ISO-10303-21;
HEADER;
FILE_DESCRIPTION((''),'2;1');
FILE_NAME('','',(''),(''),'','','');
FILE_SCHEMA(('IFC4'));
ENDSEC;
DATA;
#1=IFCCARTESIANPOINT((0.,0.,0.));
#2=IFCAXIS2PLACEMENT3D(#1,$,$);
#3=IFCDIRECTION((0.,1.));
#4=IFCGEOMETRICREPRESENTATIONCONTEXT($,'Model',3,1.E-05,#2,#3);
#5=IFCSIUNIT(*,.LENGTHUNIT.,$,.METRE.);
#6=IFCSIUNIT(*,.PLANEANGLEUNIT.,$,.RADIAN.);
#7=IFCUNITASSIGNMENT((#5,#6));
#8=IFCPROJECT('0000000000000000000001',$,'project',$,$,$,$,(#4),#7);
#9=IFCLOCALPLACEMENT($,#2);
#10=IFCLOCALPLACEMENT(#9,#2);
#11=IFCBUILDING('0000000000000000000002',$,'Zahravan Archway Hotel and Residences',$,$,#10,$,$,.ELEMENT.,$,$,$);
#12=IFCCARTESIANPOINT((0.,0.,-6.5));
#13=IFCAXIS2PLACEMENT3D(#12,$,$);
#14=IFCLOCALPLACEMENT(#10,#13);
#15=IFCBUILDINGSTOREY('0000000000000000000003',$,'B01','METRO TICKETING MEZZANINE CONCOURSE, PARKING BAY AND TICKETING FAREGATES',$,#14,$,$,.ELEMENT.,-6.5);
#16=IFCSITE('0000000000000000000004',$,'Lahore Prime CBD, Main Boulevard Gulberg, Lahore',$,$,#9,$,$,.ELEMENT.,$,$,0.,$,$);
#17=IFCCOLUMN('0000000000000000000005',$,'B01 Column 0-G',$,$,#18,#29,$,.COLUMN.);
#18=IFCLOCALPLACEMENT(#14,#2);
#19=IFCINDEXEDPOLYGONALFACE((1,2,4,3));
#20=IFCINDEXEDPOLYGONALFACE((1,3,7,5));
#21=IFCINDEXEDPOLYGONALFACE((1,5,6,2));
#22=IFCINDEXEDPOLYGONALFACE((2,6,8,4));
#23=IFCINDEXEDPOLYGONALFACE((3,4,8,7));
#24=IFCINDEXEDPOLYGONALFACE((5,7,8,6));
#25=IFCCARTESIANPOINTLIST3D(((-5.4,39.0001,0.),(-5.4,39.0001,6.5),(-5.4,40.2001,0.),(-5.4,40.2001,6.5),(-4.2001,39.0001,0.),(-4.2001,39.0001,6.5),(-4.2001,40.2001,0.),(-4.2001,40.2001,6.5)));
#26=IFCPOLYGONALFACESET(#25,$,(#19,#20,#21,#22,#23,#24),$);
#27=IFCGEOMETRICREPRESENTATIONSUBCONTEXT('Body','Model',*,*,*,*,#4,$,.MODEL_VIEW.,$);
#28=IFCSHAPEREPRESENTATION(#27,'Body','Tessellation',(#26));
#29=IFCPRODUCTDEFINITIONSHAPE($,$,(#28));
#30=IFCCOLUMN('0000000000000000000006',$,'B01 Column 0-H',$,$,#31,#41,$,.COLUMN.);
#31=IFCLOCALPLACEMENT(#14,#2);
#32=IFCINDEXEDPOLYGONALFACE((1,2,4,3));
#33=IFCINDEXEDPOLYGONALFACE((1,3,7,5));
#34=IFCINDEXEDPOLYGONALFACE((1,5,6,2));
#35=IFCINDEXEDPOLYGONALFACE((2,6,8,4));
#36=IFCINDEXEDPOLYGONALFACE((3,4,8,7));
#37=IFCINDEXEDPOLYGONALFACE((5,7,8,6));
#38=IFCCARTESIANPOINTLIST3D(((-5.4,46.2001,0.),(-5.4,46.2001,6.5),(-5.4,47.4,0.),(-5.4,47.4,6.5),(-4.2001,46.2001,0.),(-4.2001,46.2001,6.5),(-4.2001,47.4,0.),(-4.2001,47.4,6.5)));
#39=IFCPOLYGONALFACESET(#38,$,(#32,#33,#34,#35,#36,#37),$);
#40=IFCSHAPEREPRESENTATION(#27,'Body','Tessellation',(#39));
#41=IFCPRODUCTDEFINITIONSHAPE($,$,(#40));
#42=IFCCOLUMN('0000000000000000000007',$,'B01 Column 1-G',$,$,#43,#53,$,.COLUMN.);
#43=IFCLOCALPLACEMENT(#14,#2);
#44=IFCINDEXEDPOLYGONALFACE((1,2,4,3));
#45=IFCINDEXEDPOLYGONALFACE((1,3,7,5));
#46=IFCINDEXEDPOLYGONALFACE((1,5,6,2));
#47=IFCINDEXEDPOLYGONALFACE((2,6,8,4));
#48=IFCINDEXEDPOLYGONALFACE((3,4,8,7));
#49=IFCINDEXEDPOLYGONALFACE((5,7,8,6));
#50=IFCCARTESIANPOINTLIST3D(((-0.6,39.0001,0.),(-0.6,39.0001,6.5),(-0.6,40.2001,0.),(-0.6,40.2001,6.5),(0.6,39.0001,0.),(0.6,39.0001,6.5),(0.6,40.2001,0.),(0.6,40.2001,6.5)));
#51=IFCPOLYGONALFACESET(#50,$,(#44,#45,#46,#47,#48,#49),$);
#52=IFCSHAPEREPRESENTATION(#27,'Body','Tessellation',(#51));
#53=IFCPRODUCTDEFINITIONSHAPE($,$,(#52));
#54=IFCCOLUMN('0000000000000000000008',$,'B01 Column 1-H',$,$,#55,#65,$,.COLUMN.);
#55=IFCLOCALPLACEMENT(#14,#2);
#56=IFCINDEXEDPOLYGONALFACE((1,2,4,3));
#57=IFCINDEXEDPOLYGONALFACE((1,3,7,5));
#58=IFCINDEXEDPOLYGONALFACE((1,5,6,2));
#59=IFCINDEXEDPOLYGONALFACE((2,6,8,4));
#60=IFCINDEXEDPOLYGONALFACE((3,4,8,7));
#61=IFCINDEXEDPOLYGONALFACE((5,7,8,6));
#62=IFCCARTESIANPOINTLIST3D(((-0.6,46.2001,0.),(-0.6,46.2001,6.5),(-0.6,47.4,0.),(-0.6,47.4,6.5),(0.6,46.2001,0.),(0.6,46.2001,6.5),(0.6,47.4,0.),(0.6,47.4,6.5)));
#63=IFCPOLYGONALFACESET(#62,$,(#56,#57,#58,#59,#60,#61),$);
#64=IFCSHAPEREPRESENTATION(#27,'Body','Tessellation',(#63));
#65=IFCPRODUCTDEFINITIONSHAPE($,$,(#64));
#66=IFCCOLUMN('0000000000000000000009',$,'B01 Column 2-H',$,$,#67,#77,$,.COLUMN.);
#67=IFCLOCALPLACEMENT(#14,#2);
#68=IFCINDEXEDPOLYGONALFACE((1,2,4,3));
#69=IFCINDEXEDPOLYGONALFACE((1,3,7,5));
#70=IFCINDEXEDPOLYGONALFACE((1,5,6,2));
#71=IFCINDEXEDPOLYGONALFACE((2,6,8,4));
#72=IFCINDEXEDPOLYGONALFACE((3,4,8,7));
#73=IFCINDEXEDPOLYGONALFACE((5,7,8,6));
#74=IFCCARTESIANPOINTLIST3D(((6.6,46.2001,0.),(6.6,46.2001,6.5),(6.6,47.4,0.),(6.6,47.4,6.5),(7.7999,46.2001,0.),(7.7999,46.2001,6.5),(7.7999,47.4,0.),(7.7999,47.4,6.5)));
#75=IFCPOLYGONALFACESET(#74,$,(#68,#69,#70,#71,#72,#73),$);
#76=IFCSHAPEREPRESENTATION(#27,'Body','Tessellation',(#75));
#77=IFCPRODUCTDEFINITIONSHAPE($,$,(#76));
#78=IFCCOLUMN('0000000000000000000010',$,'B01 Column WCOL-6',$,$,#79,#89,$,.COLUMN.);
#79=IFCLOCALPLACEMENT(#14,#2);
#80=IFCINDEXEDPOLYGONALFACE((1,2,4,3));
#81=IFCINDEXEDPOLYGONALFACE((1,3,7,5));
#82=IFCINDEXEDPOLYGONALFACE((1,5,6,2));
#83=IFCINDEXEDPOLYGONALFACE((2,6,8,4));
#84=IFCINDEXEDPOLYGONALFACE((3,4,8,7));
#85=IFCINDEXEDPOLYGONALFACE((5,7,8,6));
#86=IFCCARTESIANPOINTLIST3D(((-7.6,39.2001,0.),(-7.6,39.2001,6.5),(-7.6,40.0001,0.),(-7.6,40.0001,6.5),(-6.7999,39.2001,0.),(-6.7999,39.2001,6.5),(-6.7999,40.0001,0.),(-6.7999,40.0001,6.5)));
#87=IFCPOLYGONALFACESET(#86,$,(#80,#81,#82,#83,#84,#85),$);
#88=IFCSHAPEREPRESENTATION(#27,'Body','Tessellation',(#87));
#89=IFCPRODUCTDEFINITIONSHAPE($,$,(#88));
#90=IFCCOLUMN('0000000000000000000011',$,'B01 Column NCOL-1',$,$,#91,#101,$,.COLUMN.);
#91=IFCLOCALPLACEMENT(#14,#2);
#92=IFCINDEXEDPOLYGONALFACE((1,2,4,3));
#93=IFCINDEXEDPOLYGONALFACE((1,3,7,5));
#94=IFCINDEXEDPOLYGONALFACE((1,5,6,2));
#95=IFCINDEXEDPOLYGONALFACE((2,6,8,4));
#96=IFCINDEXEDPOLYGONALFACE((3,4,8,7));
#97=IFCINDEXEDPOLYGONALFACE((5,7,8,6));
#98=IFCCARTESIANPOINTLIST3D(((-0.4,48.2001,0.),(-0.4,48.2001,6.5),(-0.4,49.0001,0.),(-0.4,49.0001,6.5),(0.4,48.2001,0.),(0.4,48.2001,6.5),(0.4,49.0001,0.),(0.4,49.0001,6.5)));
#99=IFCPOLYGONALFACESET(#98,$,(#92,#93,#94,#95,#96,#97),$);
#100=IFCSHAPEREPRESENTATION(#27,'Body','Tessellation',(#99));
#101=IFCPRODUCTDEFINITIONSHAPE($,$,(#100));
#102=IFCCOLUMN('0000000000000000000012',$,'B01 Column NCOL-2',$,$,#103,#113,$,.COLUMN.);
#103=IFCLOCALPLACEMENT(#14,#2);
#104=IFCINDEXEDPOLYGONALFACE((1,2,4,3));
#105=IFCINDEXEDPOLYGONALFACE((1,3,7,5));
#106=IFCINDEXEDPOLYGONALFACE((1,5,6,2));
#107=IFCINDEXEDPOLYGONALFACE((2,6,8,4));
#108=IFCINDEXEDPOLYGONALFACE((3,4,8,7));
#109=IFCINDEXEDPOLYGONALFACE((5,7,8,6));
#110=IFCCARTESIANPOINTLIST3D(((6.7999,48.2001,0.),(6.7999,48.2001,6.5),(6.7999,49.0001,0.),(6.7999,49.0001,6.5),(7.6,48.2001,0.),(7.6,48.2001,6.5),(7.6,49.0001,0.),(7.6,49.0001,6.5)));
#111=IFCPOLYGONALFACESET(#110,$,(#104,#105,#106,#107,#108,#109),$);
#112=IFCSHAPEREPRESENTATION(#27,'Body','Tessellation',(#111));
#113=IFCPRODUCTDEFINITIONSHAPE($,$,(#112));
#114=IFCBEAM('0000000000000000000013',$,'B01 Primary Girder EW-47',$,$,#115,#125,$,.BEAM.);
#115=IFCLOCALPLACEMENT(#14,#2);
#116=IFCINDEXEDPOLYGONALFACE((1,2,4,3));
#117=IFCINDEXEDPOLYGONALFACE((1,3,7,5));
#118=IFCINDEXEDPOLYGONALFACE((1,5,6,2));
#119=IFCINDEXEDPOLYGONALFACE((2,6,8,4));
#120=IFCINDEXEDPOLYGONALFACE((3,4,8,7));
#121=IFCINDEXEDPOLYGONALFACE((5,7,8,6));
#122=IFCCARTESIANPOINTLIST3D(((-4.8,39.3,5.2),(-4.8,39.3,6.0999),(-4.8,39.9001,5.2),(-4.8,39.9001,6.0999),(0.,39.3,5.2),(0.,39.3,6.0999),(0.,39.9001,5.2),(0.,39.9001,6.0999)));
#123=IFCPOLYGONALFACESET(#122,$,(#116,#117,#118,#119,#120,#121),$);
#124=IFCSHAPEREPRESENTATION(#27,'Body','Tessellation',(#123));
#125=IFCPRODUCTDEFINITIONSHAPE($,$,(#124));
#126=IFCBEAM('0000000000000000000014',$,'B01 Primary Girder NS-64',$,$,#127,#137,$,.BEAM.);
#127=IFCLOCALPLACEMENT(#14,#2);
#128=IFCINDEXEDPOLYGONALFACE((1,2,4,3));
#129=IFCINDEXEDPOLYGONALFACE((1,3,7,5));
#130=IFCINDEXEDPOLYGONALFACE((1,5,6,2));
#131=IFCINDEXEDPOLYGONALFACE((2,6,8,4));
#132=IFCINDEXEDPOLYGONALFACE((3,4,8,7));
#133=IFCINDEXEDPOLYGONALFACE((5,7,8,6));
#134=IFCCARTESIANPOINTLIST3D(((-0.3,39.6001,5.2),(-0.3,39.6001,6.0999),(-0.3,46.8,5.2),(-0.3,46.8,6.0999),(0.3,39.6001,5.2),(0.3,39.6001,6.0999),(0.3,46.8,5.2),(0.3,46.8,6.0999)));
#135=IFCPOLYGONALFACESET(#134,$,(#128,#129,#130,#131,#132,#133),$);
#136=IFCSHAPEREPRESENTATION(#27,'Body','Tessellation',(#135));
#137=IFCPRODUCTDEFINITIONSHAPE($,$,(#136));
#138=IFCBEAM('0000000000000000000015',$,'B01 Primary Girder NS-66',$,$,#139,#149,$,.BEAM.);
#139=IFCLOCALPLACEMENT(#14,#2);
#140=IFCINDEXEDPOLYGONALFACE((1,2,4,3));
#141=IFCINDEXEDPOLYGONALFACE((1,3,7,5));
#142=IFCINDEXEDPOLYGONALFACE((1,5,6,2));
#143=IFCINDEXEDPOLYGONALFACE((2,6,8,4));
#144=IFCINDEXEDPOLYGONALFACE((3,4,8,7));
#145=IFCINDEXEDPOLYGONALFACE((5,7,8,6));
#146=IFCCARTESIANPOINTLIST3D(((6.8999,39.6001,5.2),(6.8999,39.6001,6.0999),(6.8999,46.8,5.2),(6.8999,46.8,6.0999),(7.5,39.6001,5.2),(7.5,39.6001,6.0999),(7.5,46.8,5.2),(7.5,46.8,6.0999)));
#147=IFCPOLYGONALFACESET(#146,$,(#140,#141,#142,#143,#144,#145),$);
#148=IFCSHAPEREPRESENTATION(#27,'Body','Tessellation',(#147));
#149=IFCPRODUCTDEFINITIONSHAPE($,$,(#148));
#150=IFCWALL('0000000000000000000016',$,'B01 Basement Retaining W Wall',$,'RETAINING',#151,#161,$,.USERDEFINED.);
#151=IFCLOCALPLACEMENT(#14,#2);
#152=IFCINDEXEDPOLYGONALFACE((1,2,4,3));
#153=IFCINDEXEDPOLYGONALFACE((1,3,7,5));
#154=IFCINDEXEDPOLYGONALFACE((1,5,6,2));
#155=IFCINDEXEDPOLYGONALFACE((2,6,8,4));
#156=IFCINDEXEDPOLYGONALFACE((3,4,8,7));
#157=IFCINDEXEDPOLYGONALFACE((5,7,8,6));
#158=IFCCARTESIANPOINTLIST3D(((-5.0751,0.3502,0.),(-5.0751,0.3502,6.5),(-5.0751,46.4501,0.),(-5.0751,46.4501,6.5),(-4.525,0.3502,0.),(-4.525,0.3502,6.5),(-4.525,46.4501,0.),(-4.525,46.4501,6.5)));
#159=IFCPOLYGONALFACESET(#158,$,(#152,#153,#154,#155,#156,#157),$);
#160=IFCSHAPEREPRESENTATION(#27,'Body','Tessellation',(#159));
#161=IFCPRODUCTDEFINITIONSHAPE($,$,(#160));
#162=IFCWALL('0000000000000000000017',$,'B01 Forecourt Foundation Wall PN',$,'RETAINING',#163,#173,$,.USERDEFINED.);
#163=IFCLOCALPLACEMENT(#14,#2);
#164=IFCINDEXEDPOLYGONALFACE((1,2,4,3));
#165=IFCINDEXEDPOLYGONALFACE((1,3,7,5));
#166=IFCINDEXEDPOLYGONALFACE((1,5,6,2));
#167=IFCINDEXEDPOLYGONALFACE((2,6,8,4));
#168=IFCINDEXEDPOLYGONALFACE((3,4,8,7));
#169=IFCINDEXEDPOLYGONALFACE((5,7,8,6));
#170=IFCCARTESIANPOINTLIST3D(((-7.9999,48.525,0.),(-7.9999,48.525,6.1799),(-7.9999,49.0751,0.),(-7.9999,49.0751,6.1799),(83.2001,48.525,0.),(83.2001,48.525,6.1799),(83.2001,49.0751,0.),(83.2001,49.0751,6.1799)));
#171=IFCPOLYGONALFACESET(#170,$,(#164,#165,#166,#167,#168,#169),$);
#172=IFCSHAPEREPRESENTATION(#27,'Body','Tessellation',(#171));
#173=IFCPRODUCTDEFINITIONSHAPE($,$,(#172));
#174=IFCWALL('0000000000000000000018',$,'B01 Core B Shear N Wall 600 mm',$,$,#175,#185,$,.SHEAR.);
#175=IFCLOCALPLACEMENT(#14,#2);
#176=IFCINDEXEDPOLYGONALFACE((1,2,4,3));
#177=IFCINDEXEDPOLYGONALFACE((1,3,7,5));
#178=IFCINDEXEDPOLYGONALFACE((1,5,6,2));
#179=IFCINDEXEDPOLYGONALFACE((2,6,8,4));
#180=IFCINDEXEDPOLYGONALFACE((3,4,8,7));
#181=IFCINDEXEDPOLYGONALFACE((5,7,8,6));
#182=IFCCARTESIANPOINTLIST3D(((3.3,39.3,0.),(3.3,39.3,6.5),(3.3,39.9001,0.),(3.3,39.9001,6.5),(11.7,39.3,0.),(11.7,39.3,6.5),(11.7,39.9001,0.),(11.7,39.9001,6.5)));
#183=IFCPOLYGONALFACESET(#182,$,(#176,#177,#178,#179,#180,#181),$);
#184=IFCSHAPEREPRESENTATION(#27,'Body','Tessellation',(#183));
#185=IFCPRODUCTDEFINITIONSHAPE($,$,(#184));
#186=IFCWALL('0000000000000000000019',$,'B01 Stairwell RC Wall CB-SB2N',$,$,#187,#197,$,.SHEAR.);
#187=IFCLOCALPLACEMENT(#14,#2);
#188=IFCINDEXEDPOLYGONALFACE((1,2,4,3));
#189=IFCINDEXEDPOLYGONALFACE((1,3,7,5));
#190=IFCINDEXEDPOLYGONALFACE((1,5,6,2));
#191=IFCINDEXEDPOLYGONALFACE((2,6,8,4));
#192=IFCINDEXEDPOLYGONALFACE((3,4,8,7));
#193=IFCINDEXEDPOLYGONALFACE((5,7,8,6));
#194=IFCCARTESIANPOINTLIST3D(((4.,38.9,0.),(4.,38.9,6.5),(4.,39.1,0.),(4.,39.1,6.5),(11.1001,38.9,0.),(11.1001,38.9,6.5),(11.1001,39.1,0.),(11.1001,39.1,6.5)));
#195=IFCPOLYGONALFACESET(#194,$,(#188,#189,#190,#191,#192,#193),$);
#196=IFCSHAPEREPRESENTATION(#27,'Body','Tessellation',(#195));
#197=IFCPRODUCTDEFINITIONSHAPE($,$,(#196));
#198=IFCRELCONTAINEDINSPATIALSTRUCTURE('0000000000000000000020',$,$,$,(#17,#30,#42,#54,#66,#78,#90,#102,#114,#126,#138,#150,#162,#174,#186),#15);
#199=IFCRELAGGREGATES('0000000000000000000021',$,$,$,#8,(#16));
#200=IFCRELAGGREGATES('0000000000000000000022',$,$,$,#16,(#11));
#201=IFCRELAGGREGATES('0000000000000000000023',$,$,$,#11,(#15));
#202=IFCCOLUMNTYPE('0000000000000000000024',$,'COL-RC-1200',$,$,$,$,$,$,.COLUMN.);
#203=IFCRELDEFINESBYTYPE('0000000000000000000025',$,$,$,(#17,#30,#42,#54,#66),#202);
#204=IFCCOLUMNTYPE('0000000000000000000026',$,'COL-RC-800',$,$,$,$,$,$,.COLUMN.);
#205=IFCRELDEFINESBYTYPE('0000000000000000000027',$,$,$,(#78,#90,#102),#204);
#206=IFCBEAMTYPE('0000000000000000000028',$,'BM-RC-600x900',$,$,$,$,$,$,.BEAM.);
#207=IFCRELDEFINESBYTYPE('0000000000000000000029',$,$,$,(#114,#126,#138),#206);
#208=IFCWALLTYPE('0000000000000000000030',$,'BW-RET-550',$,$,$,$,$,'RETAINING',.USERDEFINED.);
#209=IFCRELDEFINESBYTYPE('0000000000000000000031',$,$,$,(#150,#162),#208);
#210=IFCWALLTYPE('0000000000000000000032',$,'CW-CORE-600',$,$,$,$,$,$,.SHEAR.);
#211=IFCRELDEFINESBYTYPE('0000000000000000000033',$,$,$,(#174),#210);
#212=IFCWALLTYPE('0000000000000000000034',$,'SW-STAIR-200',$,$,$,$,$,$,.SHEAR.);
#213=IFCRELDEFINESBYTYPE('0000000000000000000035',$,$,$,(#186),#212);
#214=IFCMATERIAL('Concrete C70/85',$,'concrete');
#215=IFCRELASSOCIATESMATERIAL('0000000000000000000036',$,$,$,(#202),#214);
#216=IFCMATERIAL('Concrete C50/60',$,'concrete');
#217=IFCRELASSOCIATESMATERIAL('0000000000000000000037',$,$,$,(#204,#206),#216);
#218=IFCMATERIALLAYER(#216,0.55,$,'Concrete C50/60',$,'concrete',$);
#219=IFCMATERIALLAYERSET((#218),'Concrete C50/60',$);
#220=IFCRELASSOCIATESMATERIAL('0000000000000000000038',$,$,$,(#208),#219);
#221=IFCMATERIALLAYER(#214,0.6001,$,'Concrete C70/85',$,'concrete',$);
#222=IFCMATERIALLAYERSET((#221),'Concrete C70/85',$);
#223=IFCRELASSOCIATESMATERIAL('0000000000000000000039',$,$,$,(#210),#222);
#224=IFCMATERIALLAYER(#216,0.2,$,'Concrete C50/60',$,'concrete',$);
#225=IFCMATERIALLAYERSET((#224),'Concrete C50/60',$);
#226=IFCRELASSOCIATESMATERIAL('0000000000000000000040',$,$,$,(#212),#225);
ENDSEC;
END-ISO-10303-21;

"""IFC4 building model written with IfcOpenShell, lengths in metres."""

from ifc_helpers import new_model, si_unit, direction, frame, frame_2d, origin, origin_2d, place, context, subcontext, project, spatial, rectangle, extrude, source, transform, mapped, material, layer, layer_set, material_profile, profile_set, type_object, type_shapes, element, save


model = new_model("IFC4")

# Units and contexts
model_context = context("Model", 3, precision=1e-05, world=origin(), true_north=direction((0.0, 1.0)))
body_context = subcontext(model_context, "Body", "Model", "MODEL_VIEW")
ifc_project = project(units=[si_unit("LENGTHUNIT", "METRE"), si_unit("PLANEANGLEUNIT", "RADIAN")], contexts=[model_context])

# Site, building, storey
site_placement = place(None, origin())
site = spatial("IfcSite", under=ifc_project, at=site_placement, Name="Lahore Prime CBD, Main Boulevard Gulberg, Lahore", CompositionType="ELEMENT", RefElevation=0.0)
building_placement = place(site_placement, origin())
building = spatial("IfcBuilding", under=site, at=building_placement, Name="Zahravan Archway Hotel and Residences", CompositionType="ELEMENT")
storey_placement = place(building_placement, frame((0.0, 0.0, -6.5)))
storey = spatial("IfcBuildingStorey", under=building, at=storey_placement, Name="B01", Description="METRO TICKETING MEZZANINE CONCOURSE, PARKING BAY AND TICKETING FAREGATES", CompositionType="ELEMENT", Elevation=-6.5)

# Columns
ifc_material_1 = material(Name="Concrete C70/85", Category="concrete")
ifc_material_profile_1 = material_profile(ifc_material_1, rectangle(XDim=1.2, YDim=1.2, at=origin_2d()), Name="RC-COL-1200x1200", Category="concrete")
ifc_profile_set_1 = profile_set([ifc_material_profile_1], Name="Concrete C70/85")
column_type_1 = type_object("IfcColumnType", Name="COL-RC-1200", PredefinedType="COLUMN", material=ifc_profile_set_1)
shared_shape_1 = source(origin(), body_context, "Body", "SweptSolid", [
    extrude(rectangle(XDim=1.2, YDim=1.2, at=origin_2d()), origin(), (0.0, 0.0, 1.0), 6.5),
])
for number, where, z_axis, x_axis, name in (
    (1, (-4.8, 39.6001, 0.0), (0.0, 0.0, 1.0), (1.0, 0.0, 0.0), "B01 Column 0-G"),
    (2, (-4.8, 46.8, 0.0), (0.0, 0.0, 1.0), (1.0, 0.0, 0.0), "B01 Column 0-H"),
    (3, (0.0, 39.6001, 0.0), (0.0, 0.0, 1.0), (1.0, 0.0, 0.0), "B01 Column 1-G"),
    (4, (0.0, 46.8, 0.0), (0.0, 0.0, 1.0), (1.0, 0.0, 0.0), "B01 Column 1-H"),
    (5, (7.2, 46.8, 0.0), (0.0, 0.0, 1.0), (1.0, 0.0, 0.0), "B01 Column 2-H"),
):
    element("IfcColumn", number, at=place(storey_placement, frame(where, z_axis=z_axis, x_axis=x_axis)), inside=storey, type_object=column_type_1, Name=name, PredefinedType="COLUMN", context=body_context, shape_type="MappedRepresentation", body=[
        mapped(shared_shape_1, transform((0.0, 0.0, 0.0), scale=1.0)),
    ])
ifc_material_2 = material(Name="Concrete C50/60", Category="concrete")
ifc_material_profile_2 = material_profile(ifc_material_2, rectangle(XDim=0.8, YDim=0.8, at=origin_2d()), Name="RC-COL-800x800", Category="concrete")
ifc_profile_set_2 = profile_set([ifc_material_profile_2], Name="Concrete C50/60")
column_type_2 = type_object("IfcColumnType", Name="COL-RC-800", PredefinedType="COLUMN", material=ifc_profile_set_2)
shared_shape_2 = source(origin(), body_context, "Body", "SweptSolid", [
    extrude(rectangle(XDim=0.8, YDim=0.8, at=origin_2d()), origin(), (0.0, 0.0, 1.0), 6.5),
])
for number, where, z_axis, x_axis, name in (
    (6, (-7.2, 39.6001, 0.0), (0.0, 0.0, 1.0), (1.0, 0.0, 0.0), "B01 Column WCOL-6"),
    (7, (0.0, 48.6001, 0.0), (0.0, 0.0, 1.0), (1.0, 0.0, 0.0), "B01 Column NCOL-1"),
    (8, (7.2, 48.6001, 0.0), (0.0, 0.0, 1.0), (1.0, 0.0, 0.0), "B01 Column NCOL-2"),
):
    element("IfcColumn", number, at=place(storey_placement, frame(where, z_axis=z_axis, x_axis=x_axis)), inside=storey, type_object=column_type_2, Name=name, PredefinedType="COLUMN", context=body_context, shape_type="MappedRepresentation", body=[
        mapped(shared_shape_2, transform((0.0, 0.0, 0.0), scale=1.0)),
    ])

# Beams
ifc_material_profile_3 = material_profile(ifc_material_2, rectangle(XDim=0.6001, YDim=0.8999, at=origin_2d()), Name="RC-BM-600x900", Category="concrete")
ifc_profile_set_3 = profile_set([ifc_material_profile_3], Name="Concrete C50/60")
beam_type = type_object("IfcBeamType", Name="BM-RC-600x900", PredefinedType="BEAM", material=ifc_profile_set_3)
shared_shape_3 = source(origin(), body_context, "Body", "SweptSolid", [
    extrude(rectangle(XDim=0.6001, YDim=0.8999, at=origin_2d()), origin(), (0.0, 0.0, 1.0), 4.8),
])
type_shapes(beam_type, [shared_shape_3])
beam_placement = place(storey_placement, frame((-4.8, 39.6001, 5.6499), z_axis=(1.0, 0.0, 0.0), x_axis=(0.0, 1.0, 0.0)))
element("IfcBeam", 9, at=beam_placement, inside=storey, type_object=beam_type, Name="B01 Primary Girder EW-47", PredefinedType="BEAM", context=body_context, shape_type="MappedRepresentation", body=[
    mapped(shared_shape_3, transform((0.0, 0.0, 0.0), scale=1.0)),
])
shared_shape_4 = source(origin(), body_context, "Body", "SweptSolid", [
    extrude(rectangle(XDim=0.6001, YDim=0.8999, at=origin_2d()), origin(), (0.0, 0.0, 1.0), 7.2),
])
for number, where, z_axis, x_axis, name in (
    (10, (0.0, 39.6001, 5.6499), (0.0, 1.0, 0.0), (-1.0, 0.0, 0.0), "B01 Primary Girder NS-64"),
    (11, (7.2, 39.6001, 5.6499), (0.0, 1.0, 0.0), (-1.0, 0.0, 0.0), "B01 Primary Girder NS-66"),
):
    element("IfcBeam", number, at=place(storey_placement, frame(where, z_axis=z_axis, x_axis=x_axis)), inside=storey, type_object=beam_type, Name=name, PredefinedType="BEAM", context=body_context, shape_type="MappedRepresentation", body=[
        mapped(shared_shape_4, transform((0.0, 0.0, 0.0), scale=1.0)),
    ])

# Walls
ifc_layer_1 = layer(ifc_material_2, 0.55, Name="Concrete C50/60", Category="concrete")
ifc_layer_set_1 = layer_set([ifc_layer_1], Name="Concrete C50/60")
wall_type_1 = type_object("IfcWallType", Name="BW-RET-550", ElementType="RETAINING", PredefinedType="USERDEFINED", material=ifc_layer_set_1)
wall_1_placement = place(storey_placement, frame((-4.8, 46.45, 0.0), z_axis=(0.0, 0.0, 1.0), x_axis=(0.0, -1.0, 0.0)))
element("IfcWall", 12, at=wall_1_placement, inside=storey, type_object=wall_type_1, Name="B01 Basement Retaining W Wall", ObjectType="RETAINING", PredefinedType="USERDEFINED", context=body_context, shape_type="SweptSolid", body=[
    extrude(rectangle(XDim=46.0999, YDim=0.55, at=frame_2d((23.0498, 0.0))), origin(), (0.0, 0.0, 1.0), 6.5),
])
wall_2_placement = place(storey_placement, frame((-8.0, 48.8, 0.0), z_axis=(0.0, 0.0, 1.0), x_axis=(1.0, 0.0, 0.0)))
element("IfcWall", 13, at=wall_2_placement, inside=storey, type_object=wall_type_1, Name="B01 Forecourt Foundation Wall PN", ObjectType="RETAINING", PredefinedType="USERDEFINED", context=body_context, shape_type="SweptSolid", body=[
    extrude(rectangle(XDim=91.2, YDim=0.55, at=frame_2d((45.6001, 0.0))), origin(), (0.0, 0.0, 1.0), 6.1799),
])
ifc_layer_2 = layer(ifc_material_1, 0.6001, Name="Concrete C70/85", Category="concrete")
ifc_layer_set_2 = layer_set([ifc_layer_2], Name="Concrete C70/85")
wall_type_2 = type_object("IfcWallType", Name="CW-CORE-600", PredefinedType="SHEAR", material=ifc_layer_set_2)
wall_3_placement = place(storey_placement, frame((3.3, 39.6001, 0.0), z_axis=(0.0, 0.0, 1.0), x_axis=(1.0, 0.0, 0.0)))
element("IfcWall", 14, at=wall_3_placement, inside=storey, type_object=wall_type_2, Name="B01 Core B Shear N Wall 600 mm", PredefinedType="SHEAR", context=body_context, shape_type="SweptSolid", body=[
    extrude(rectangle(XDim=8.3999, YDim=0.6001, at=frame_2d((4.2, 0.0))), origin(), (0.0, 0.0, 1.0), 6.5),
])
ifc_layer_3 = layer(ifc_material_2, 0.2, Name="Concrete C50/60", Category="concrete")
ifc_layer_set_3 = layer_set([ifc_layer_3], Name="Concrete C50/60")
wall_type_3 = type_object("IfcWallType", Name="SW-STAIR-200", PredefinedType="SHEAR", material=ifc_layer_set_3)
wall_4_placement = place(storey_placement, frame((4.0, 39.0, 0.0), z_axis=(0.0, 0.0, 1.0), x_axis=(1.0, 0.0, 0.0)))
element("IfcWall", 15, at=wall_4_placement, inside=storey, type_object=wall_type_3, Name="B01 Stairwell RC Wall CB-SB2N", PredefinedType="SHEAR", context=body_context, shape_type="SweptSolid", body=[
    extrude(rectangle(XDim=7.1001, YDim=0.2, at=frame_2d((3.55, 0.0))), origin(), (0.0, 0.0, 1.0), 6.5),
])

save(model, "model.ifc")
